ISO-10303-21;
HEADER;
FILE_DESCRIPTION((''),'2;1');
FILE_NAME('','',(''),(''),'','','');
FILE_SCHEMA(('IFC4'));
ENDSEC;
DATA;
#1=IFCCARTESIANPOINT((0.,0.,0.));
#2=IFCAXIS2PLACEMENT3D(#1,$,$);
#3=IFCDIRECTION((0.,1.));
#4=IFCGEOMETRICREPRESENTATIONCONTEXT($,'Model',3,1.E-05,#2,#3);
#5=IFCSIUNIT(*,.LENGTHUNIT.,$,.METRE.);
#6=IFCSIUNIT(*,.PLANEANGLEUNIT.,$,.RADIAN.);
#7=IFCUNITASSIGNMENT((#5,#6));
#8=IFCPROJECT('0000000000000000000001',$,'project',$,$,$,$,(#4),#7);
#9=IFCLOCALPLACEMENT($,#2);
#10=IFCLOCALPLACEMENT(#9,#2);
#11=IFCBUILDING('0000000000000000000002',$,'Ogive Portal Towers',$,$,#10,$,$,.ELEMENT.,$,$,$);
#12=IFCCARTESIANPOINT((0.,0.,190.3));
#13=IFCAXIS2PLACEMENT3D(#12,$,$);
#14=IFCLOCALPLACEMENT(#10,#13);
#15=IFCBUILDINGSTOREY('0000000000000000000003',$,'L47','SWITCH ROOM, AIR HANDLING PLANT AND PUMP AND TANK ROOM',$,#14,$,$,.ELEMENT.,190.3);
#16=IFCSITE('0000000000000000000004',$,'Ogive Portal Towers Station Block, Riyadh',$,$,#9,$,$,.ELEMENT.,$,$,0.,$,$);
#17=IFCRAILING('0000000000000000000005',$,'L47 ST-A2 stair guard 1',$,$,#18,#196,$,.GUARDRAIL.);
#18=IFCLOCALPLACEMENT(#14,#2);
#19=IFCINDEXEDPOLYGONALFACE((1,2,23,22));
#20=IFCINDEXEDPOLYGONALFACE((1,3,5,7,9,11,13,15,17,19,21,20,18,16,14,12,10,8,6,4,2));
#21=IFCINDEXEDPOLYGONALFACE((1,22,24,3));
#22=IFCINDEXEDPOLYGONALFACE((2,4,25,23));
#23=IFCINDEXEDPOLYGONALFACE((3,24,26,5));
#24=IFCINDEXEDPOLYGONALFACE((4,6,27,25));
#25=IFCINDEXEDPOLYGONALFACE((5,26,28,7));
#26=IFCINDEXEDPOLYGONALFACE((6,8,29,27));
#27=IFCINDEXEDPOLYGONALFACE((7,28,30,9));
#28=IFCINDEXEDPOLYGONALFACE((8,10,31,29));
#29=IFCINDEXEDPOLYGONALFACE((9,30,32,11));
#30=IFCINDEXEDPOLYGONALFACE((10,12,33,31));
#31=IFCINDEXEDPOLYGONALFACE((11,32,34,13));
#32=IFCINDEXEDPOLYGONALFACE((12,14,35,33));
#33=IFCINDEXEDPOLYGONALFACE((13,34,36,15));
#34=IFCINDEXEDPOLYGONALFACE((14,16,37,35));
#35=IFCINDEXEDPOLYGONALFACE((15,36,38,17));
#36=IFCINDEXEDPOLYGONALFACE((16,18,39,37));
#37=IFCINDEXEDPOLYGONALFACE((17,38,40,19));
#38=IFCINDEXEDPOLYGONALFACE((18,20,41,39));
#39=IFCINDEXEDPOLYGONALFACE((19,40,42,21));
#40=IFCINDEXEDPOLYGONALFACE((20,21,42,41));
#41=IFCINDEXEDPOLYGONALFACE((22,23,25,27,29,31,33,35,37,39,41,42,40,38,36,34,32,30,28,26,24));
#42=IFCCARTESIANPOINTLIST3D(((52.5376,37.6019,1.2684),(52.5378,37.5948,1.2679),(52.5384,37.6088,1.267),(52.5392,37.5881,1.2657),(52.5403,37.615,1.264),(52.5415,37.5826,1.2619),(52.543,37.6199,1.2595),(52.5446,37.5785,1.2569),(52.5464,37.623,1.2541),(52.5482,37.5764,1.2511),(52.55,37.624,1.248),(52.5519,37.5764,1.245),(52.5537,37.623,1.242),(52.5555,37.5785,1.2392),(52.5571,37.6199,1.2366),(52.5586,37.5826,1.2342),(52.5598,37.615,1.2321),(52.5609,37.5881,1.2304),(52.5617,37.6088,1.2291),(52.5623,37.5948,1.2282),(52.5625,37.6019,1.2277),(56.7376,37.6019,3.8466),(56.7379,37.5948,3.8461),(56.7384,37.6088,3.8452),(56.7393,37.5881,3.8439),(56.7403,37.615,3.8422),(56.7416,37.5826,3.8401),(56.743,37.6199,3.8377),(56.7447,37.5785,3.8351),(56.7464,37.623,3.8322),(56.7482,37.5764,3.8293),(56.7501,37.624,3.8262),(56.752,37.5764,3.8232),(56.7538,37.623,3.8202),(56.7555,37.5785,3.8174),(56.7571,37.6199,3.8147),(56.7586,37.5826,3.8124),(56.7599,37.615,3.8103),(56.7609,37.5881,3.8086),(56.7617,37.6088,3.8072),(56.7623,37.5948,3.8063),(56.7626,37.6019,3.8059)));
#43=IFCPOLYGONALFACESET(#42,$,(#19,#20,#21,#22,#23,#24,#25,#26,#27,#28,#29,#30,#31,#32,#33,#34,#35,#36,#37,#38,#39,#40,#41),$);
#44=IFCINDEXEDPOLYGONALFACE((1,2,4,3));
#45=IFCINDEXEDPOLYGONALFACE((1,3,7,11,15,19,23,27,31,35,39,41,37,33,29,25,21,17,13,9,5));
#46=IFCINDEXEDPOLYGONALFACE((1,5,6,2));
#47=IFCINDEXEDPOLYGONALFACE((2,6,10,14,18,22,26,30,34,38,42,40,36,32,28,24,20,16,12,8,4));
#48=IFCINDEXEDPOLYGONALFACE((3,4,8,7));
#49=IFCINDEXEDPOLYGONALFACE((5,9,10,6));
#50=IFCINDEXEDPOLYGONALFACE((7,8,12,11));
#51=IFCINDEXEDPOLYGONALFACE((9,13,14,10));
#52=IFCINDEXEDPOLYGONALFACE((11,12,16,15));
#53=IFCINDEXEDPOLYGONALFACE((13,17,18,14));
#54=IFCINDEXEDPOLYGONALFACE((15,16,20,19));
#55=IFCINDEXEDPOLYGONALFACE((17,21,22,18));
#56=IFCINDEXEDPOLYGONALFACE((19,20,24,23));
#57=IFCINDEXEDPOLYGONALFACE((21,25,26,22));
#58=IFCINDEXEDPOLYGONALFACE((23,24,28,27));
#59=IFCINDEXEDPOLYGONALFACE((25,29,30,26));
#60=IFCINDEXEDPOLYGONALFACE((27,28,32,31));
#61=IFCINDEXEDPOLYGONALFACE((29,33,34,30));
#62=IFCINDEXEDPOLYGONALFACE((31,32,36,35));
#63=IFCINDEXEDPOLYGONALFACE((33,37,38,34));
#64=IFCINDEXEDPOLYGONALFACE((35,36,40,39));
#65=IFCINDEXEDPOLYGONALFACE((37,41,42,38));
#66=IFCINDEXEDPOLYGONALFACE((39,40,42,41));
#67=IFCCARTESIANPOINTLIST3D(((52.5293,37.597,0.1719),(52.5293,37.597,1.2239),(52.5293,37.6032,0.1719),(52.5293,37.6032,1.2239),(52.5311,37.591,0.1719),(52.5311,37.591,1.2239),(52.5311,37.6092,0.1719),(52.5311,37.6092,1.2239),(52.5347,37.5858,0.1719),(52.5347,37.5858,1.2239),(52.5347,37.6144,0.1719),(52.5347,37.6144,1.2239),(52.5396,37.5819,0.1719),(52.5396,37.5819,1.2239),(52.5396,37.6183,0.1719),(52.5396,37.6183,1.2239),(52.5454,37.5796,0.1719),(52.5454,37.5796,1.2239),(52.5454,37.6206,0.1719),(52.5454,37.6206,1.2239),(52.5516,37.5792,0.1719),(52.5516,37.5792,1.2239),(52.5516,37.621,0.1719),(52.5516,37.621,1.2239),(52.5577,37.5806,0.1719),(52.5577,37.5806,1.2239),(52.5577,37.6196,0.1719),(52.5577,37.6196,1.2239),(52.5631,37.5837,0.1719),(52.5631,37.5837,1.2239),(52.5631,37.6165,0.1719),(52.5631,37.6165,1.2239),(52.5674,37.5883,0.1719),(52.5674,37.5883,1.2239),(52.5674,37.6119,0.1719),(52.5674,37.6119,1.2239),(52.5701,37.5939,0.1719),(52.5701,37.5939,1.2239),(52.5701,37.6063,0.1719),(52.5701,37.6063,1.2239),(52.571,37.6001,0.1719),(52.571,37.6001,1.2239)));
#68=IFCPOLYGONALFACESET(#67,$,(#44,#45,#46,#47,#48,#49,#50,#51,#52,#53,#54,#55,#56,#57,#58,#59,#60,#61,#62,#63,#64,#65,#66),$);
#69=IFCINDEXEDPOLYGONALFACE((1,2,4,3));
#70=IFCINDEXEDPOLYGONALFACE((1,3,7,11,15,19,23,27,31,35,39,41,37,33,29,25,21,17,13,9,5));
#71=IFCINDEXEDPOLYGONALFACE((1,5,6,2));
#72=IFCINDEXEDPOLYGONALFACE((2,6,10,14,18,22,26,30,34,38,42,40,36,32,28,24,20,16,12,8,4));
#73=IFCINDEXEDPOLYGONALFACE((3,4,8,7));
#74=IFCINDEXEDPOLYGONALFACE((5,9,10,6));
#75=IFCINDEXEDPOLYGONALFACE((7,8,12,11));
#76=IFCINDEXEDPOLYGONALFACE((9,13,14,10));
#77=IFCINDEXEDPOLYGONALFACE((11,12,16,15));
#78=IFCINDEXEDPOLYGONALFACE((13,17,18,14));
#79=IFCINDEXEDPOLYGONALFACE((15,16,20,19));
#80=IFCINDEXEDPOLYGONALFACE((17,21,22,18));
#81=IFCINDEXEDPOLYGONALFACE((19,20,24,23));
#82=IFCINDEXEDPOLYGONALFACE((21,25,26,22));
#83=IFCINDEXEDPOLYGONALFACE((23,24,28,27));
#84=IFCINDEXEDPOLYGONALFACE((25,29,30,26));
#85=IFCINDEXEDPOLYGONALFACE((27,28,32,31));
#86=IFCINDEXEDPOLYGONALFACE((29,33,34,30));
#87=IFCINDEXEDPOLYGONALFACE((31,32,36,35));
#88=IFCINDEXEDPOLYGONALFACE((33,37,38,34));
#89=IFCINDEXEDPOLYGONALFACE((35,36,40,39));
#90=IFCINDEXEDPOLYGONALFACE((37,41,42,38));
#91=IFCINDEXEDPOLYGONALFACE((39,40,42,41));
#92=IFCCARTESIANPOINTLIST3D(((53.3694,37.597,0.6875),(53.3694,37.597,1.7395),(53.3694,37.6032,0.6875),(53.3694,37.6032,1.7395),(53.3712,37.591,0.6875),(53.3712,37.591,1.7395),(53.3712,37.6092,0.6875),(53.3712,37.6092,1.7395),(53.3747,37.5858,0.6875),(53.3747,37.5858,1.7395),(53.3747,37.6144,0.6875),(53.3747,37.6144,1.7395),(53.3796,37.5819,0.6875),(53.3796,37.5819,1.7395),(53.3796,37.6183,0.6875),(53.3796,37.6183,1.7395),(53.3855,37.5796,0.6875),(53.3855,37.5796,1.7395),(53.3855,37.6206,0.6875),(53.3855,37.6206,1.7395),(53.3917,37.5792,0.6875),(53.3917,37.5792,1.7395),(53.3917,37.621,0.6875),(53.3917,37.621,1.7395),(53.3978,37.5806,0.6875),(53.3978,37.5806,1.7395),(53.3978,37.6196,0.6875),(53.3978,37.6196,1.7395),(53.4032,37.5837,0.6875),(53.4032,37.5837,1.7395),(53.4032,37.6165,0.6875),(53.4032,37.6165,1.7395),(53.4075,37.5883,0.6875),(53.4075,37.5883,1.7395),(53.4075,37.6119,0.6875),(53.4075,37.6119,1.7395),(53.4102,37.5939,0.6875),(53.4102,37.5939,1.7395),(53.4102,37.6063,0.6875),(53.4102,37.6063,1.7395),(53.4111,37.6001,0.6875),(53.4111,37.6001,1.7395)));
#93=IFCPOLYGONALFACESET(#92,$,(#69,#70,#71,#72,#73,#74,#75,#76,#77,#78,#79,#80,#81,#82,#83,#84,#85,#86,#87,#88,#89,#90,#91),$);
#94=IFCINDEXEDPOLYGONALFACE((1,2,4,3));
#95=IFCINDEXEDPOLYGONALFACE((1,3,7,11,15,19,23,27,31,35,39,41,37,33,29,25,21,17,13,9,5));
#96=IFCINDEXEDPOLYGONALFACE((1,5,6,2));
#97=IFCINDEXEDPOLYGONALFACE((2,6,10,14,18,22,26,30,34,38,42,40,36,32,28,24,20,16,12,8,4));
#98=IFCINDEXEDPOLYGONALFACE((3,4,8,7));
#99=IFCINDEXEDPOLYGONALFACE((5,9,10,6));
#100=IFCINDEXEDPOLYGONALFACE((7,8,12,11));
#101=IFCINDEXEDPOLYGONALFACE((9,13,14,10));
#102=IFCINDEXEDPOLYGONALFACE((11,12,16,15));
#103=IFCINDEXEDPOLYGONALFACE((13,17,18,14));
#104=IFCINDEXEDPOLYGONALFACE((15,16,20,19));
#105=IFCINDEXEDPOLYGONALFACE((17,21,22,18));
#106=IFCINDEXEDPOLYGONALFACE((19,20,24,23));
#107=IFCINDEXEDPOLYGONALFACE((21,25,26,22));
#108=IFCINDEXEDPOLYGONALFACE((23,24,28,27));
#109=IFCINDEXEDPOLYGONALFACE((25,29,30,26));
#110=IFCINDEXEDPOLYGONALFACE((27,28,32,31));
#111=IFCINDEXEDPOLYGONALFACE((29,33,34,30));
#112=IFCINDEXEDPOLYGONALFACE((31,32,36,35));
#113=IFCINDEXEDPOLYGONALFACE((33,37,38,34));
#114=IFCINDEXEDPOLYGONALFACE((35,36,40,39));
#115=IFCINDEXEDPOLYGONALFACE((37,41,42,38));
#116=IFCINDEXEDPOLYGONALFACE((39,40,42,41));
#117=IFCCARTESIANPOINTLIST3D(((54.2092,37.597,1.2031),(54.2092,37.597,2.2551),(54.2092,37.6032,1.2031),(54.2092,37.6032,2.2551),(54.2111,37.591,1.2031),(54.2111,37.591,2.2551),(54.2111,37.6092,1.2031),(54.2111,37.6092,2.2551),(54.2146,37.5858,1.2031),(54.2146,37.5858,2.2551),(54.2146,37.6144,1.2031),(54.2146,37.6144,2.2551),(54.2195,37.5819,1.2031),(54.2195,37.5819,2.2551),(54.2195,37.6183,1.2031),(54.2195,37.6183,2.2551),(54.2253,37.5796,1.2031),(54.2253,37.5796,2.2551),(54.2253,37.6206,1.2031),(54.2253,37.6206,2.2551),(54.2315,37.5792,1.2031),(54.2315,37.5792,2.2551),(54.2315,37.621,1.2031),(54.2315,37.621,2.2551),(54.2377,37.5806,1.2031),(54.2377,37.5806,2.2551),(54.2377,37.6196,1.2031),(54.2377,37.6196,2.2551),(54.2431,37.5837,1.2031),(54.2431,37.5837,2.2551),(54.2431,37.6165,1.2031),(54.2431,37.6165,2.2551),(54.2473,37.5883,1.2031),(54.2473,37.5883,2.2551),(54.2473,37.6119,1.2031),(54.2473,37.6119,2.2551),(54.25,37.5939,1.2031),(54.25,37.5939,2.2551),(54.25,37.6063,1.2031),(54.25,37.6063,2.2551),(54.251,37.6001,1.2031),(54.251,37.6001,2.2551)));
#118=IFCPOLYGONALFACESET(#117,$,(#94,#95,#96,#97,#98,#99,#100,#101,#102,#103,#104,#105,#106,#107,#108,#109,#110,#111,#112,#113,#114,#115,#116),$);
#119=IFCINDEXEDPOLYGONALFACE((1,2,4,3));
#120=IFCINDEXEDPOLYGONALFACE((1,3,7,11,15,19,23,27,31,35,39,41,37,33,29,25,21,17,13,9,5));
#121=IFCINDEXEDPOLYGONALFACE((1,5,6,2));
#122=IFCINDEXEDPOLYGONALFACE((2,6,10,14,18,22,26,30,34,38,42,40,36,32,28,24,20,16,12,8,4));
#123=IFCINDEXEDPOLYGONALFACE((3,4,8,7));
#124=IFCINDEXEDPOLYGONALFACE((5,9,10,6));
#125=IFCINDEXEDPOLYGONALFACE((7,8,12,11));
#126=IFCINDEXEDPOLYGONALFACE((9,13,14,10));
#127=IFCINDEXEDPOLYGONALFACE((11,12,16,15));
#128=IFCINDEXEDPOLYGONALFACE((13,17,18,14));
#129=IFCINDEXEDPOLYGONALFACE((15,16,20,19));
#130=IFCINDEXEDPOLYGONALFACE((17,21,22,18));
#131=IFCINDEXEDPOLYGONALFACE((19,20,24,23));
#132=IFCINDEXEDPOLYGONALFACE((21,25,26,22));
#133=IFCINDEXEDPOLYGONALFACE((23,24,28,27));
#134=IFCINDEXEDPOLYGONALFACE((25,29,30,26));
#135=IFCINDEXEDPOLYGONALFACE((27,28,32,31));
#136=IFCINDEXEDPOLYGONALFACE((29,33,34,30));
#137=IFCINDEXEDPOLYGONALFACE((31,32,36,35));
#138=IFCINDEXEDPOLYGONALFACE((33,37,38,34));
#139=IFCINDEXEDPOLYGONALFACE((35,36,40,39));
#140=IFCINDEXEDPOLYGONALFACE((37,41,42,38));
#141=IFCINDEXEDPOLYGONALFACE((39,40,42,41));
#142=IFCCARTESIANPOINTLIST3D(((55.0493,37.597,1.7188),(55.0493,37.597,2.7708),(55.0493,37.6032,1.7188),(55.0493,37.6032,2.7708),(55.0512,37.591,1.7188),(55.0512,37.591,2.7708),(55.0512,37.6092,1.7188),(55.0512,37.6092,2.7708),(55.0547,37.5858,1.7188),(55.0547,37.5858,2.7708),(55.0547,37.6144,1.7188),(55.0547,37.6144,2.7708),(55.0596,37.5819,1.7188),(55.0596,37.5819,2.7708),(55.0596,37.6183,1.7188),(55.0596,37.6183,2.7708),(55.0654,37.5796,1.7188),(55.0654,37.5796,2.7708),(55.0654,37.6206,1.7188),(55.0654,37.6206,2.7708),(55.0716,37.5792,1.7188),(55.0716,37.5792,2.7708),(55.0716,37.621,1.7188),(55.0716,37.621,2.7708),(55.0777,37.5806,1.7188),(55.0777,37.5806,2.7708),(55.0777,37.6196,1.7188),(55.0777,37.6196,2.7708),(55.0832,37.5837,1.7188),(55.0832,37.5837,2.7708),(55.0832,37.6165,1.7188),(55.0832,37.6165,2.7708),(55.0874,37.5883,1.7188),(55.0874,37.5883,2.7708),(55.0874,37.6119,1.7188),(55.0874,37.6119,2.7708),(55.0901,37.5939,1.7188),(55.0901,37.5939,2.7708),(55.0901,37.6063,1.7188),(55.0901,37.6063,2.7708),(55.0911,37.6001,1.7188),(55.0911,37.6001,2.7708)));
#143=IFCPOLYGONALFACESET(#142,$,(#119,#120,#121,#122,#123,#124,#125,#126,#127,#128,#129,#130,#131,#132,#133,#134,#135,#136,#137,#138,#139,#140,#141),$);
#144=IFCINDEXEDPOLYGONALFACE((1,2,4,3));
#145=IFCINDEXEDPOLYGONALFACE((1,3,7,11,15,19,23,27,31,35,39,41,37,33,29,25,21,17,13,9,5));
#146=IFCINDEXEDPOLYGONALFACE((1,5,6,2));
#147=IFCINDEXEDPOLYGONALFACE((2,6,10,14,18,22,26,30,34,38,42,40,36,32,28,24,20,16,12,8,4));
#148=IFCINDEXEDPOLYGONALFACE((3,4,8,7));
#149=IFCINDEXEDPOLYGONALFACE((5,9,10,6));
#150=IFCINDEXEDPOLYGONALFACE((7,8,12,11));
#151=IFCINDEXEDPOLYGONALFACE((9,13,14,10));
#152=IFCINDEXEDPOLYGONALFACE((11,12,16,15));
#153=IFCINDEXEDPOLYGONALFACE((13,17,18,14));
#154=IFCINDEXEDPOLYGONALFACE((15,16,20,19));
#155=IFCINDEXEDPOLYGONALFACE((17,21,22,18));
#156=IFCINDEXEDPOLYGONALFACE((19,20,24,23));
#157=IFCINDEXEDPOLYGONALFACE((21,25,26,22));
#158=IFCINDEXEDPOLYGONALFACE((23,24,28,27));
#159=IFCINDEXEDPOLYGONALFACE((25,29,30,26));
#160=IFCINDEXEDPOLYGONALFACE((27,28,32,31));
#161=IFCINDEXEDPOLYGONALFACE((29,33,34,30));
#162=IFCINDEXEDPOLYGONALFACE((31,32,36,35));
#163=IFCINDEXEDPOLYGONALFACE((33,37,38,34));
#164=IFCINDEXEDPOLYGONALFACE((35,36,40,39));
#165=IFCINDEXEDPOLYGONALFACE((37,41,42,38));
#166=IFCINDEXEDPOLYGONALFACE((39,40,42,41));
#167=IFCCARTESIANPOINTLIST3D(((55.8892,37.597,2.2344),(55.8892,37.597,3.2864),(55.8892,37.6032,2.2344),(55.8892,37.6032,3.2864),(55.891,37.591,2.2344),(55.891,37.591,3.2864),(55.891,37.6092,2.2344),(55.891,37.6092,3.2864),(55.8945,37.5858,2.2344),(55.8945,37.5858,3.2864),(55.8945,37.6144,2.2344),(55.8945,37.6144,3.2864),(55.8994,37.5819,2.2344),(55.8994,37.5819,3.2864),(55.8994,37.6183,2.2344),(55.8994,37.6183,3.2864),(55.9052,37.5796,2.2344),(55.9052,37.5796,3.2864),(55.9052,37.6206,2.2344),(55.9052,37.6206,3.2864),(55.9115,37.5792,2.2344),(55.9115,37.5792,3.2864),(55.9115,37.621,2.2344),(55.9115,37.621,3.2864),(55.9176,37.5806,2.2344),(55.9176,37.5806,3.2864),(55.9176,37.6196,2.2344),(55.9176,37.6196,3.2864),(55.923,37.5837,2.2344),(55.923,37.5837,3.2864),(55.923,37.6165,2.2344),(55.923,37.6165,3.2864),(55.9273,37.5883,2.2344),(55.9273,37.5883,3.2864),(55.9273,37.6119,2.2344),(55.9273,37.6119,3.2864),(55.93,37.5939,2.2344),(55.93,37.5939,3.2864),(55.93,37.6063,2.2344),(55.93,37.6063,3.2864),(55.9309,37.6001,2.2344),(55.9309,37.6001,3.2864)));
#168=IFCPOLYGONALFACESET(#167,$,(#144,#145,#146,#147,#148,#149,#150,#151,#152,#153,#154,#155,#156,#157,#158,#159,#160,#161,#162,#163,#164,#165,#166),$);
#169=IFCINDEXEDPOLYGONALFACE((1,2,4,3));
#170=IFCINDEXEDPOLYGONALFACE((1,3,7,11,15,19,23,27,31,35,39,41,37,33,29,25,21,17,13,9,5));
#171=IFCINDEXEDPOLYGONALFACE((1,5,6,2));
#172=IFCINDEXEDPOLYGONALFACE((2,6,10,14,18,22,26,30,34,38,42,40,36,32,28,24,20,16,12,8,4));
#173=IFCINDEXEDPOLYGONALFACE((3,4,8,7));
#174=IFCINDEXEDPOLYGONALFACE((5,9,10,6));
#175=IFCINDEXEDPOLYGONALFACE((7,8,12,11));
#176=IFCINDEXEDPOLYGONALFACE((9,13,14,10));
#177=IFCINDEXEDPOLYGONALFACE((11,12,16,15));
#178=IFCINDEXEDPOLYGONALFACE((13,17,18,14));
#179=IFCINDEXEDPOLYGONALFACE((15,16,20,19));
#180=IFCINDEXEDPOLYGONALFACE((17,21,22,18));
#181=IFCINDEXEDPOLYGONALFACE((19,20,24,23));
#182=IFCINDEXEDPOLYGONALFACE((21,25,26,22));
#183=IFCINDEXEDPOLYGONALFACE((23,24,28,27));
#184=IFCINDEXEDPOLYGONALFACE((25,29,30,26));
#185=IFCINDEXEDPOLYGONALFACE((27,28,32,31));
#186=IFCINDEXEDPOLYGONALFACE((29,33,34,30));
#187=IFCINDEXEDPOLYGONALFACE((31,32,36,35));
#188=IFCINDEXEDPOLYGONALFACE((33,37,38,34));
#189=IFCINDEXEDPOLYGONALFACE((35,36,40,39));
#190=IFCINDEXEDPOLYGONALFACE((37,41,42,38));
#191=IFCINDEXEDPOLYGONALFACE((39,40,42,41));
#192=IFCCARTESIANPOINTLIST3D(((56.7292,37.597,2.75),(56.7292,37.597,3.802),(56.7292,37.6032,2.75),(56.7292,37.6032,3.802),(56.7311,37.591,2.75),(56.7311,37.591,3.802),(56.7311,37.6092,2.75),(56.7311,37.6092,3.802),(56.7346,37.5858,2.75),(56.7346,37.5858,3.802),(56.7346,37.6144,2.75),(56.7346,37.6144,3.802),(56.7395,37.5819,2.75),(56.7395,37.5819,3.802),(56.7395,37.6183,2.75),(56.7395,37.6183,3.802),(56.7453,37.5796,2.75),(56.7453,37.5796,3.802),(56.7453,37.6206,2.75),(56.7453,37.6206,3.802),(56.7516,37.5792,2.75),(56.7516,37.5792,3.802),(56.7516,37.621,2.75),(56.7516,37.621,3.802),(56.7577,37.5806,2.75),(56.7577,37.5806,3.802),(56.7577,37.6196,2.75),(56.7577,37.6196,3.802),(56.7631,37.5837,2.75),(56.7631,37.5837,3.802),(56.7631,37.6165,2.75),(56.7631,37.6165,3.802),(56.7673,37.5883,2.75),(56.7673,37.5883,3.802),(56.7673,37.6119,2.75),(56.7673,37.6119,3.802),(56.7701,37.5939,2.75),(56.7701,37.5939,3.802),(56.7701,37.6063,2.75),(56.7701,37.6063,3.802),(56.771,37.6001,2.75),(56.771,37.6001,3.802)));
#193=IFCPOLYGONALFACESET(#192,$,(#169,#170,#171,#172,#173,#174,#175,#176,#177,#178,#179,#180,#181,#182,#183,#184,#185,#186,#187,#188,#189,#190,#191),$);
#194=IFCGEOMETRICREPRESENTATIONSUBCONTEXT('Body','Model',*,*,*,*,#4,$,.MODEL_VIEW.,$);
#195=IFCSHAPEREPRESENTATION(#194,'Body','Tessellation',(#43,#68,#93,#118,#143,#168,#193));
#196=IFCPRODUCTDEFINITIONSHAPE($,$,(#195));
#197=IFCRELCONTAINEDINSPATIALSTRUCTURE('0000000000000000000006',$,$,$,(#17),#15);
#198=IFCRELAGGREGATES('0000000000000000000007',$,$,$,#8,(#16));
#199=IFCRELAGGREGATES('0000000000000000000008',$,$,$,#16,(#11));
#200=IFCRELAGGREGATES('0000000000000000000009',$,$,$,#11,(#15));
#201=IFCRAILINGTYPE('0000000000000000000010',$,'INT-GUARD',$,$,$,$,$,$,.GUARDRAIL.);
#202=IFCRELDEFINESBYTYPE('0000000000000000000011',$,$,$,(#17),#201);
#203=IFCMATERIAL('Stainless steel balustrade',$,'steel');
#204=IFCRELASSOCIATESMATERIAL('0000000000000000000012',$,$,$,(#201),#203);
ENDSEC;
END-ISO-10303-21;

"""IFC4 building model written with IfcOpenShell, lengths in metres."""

from ifc_helpers import new_model, si_unit, direction, frame, origin, origin_2d, place, context, subcontext, project, spatial, circle, extrude, material, type_object, element, save


model = new_model("IFC4")

# Units and contexts
model_context = context("Model", 3, precision=1e-05, world=origin(), true_north=direction((0.0, 1.0)))
body_context = subcontext(model_context, "Body", "Model", "MODEL_VIEW")
ifc_project = project(units=[si_unit("LENGTHUNIT", "METRE"), si_unit("PLANEANGLEUNIT", "RADIAN")], contexts=[model_context])

# Site, building, storey
site_placement = place(None, origin())
site = spatial("IfcSite", under=ifc_project, at=site_placement, Name="Ogive Portal Towers Station Block, Riyadh", CompositionType="ELEMENT", RefElevation=0.0)
building_placement = place(site_placement, origin())
building = spatial("IfcBuilding", under=site, at=building_placement, Name="Ogive Portal Towers", CompositionType="ELEMENT")
storey_placement = place(building_placement, frame((0.0, 0.0, 190.3)))
storey = spatial("IfcBuildingStorey", under=building, at=storey_placement, Name="L47", Description="SWITCH ROOM, AIR HANDLING PLANT AND PUMP AND TANK ROOM", CompositionType="ELEMENT", Elevation=190.3)

# Railing
ifc_material_1 = material(Name="Stainless steel balustrade", Category="steel")
railing_type_1 = type_object("IfcRailingType", Name="INT-GUARD", PredefinedType="GUARDRAIL", material=ifc_material_1)
railing_1_placement = place(storey_placement, frame((52.55, 37.6001, 0.1719)))
element("IfcRailing", 1, at=railing_1_placement, inside=storey, type_object=railing_type_1, Name="L47 ST-A2 stair guard 1", PredefinedType="GUARDRAIL", context=body_context, shape_type="SweptSolid", body=[
    extrude(circle(Radius=0.0239, at=origin_2d()), frame((0.0, 0.0, 1.0762), z_axis=(0.852243, 0.0, 0.523146), x_axis=(0.0, 1.0, 0.0)), (0.0, 0.0, 1.0), 4.9282),
    extrude(circle(Radius=0.021, at=origin_2d()), origin(), (0.0, 0.0, 1.0), 1.052),
    extrude(circle(Radius=0.021, at=origin_2d()), frame((0.8401, 0.0, 0.5156)), (0.0, 0.0, 1.0), 1.052),
    extrude(circle(Radius=0.021, at=origin_2d()), frame((1.6799, 0.0, 1.0312)), (0.0, 0.0, 1.0), 1.052),
    extrude(circle(Radius=0.021, at=origin_2d()), frame((2.52, 0.0, 1.5469)), (0.0, 0.0, 1.0), 1.052),
    extrude(circle(Radius=0.021, at=origin_2d()), frame((3.3599, 0.0, 2.0625)), (0.0, 0.0, 1.0), 1.052),
    extrude(circle(Radius=0.021, at=origin_2d()), frame((4.2, 0.0, 2.5781)), (0.0, 0.0, 1.0), 1.052),
])

save(model, "model.ifc")
